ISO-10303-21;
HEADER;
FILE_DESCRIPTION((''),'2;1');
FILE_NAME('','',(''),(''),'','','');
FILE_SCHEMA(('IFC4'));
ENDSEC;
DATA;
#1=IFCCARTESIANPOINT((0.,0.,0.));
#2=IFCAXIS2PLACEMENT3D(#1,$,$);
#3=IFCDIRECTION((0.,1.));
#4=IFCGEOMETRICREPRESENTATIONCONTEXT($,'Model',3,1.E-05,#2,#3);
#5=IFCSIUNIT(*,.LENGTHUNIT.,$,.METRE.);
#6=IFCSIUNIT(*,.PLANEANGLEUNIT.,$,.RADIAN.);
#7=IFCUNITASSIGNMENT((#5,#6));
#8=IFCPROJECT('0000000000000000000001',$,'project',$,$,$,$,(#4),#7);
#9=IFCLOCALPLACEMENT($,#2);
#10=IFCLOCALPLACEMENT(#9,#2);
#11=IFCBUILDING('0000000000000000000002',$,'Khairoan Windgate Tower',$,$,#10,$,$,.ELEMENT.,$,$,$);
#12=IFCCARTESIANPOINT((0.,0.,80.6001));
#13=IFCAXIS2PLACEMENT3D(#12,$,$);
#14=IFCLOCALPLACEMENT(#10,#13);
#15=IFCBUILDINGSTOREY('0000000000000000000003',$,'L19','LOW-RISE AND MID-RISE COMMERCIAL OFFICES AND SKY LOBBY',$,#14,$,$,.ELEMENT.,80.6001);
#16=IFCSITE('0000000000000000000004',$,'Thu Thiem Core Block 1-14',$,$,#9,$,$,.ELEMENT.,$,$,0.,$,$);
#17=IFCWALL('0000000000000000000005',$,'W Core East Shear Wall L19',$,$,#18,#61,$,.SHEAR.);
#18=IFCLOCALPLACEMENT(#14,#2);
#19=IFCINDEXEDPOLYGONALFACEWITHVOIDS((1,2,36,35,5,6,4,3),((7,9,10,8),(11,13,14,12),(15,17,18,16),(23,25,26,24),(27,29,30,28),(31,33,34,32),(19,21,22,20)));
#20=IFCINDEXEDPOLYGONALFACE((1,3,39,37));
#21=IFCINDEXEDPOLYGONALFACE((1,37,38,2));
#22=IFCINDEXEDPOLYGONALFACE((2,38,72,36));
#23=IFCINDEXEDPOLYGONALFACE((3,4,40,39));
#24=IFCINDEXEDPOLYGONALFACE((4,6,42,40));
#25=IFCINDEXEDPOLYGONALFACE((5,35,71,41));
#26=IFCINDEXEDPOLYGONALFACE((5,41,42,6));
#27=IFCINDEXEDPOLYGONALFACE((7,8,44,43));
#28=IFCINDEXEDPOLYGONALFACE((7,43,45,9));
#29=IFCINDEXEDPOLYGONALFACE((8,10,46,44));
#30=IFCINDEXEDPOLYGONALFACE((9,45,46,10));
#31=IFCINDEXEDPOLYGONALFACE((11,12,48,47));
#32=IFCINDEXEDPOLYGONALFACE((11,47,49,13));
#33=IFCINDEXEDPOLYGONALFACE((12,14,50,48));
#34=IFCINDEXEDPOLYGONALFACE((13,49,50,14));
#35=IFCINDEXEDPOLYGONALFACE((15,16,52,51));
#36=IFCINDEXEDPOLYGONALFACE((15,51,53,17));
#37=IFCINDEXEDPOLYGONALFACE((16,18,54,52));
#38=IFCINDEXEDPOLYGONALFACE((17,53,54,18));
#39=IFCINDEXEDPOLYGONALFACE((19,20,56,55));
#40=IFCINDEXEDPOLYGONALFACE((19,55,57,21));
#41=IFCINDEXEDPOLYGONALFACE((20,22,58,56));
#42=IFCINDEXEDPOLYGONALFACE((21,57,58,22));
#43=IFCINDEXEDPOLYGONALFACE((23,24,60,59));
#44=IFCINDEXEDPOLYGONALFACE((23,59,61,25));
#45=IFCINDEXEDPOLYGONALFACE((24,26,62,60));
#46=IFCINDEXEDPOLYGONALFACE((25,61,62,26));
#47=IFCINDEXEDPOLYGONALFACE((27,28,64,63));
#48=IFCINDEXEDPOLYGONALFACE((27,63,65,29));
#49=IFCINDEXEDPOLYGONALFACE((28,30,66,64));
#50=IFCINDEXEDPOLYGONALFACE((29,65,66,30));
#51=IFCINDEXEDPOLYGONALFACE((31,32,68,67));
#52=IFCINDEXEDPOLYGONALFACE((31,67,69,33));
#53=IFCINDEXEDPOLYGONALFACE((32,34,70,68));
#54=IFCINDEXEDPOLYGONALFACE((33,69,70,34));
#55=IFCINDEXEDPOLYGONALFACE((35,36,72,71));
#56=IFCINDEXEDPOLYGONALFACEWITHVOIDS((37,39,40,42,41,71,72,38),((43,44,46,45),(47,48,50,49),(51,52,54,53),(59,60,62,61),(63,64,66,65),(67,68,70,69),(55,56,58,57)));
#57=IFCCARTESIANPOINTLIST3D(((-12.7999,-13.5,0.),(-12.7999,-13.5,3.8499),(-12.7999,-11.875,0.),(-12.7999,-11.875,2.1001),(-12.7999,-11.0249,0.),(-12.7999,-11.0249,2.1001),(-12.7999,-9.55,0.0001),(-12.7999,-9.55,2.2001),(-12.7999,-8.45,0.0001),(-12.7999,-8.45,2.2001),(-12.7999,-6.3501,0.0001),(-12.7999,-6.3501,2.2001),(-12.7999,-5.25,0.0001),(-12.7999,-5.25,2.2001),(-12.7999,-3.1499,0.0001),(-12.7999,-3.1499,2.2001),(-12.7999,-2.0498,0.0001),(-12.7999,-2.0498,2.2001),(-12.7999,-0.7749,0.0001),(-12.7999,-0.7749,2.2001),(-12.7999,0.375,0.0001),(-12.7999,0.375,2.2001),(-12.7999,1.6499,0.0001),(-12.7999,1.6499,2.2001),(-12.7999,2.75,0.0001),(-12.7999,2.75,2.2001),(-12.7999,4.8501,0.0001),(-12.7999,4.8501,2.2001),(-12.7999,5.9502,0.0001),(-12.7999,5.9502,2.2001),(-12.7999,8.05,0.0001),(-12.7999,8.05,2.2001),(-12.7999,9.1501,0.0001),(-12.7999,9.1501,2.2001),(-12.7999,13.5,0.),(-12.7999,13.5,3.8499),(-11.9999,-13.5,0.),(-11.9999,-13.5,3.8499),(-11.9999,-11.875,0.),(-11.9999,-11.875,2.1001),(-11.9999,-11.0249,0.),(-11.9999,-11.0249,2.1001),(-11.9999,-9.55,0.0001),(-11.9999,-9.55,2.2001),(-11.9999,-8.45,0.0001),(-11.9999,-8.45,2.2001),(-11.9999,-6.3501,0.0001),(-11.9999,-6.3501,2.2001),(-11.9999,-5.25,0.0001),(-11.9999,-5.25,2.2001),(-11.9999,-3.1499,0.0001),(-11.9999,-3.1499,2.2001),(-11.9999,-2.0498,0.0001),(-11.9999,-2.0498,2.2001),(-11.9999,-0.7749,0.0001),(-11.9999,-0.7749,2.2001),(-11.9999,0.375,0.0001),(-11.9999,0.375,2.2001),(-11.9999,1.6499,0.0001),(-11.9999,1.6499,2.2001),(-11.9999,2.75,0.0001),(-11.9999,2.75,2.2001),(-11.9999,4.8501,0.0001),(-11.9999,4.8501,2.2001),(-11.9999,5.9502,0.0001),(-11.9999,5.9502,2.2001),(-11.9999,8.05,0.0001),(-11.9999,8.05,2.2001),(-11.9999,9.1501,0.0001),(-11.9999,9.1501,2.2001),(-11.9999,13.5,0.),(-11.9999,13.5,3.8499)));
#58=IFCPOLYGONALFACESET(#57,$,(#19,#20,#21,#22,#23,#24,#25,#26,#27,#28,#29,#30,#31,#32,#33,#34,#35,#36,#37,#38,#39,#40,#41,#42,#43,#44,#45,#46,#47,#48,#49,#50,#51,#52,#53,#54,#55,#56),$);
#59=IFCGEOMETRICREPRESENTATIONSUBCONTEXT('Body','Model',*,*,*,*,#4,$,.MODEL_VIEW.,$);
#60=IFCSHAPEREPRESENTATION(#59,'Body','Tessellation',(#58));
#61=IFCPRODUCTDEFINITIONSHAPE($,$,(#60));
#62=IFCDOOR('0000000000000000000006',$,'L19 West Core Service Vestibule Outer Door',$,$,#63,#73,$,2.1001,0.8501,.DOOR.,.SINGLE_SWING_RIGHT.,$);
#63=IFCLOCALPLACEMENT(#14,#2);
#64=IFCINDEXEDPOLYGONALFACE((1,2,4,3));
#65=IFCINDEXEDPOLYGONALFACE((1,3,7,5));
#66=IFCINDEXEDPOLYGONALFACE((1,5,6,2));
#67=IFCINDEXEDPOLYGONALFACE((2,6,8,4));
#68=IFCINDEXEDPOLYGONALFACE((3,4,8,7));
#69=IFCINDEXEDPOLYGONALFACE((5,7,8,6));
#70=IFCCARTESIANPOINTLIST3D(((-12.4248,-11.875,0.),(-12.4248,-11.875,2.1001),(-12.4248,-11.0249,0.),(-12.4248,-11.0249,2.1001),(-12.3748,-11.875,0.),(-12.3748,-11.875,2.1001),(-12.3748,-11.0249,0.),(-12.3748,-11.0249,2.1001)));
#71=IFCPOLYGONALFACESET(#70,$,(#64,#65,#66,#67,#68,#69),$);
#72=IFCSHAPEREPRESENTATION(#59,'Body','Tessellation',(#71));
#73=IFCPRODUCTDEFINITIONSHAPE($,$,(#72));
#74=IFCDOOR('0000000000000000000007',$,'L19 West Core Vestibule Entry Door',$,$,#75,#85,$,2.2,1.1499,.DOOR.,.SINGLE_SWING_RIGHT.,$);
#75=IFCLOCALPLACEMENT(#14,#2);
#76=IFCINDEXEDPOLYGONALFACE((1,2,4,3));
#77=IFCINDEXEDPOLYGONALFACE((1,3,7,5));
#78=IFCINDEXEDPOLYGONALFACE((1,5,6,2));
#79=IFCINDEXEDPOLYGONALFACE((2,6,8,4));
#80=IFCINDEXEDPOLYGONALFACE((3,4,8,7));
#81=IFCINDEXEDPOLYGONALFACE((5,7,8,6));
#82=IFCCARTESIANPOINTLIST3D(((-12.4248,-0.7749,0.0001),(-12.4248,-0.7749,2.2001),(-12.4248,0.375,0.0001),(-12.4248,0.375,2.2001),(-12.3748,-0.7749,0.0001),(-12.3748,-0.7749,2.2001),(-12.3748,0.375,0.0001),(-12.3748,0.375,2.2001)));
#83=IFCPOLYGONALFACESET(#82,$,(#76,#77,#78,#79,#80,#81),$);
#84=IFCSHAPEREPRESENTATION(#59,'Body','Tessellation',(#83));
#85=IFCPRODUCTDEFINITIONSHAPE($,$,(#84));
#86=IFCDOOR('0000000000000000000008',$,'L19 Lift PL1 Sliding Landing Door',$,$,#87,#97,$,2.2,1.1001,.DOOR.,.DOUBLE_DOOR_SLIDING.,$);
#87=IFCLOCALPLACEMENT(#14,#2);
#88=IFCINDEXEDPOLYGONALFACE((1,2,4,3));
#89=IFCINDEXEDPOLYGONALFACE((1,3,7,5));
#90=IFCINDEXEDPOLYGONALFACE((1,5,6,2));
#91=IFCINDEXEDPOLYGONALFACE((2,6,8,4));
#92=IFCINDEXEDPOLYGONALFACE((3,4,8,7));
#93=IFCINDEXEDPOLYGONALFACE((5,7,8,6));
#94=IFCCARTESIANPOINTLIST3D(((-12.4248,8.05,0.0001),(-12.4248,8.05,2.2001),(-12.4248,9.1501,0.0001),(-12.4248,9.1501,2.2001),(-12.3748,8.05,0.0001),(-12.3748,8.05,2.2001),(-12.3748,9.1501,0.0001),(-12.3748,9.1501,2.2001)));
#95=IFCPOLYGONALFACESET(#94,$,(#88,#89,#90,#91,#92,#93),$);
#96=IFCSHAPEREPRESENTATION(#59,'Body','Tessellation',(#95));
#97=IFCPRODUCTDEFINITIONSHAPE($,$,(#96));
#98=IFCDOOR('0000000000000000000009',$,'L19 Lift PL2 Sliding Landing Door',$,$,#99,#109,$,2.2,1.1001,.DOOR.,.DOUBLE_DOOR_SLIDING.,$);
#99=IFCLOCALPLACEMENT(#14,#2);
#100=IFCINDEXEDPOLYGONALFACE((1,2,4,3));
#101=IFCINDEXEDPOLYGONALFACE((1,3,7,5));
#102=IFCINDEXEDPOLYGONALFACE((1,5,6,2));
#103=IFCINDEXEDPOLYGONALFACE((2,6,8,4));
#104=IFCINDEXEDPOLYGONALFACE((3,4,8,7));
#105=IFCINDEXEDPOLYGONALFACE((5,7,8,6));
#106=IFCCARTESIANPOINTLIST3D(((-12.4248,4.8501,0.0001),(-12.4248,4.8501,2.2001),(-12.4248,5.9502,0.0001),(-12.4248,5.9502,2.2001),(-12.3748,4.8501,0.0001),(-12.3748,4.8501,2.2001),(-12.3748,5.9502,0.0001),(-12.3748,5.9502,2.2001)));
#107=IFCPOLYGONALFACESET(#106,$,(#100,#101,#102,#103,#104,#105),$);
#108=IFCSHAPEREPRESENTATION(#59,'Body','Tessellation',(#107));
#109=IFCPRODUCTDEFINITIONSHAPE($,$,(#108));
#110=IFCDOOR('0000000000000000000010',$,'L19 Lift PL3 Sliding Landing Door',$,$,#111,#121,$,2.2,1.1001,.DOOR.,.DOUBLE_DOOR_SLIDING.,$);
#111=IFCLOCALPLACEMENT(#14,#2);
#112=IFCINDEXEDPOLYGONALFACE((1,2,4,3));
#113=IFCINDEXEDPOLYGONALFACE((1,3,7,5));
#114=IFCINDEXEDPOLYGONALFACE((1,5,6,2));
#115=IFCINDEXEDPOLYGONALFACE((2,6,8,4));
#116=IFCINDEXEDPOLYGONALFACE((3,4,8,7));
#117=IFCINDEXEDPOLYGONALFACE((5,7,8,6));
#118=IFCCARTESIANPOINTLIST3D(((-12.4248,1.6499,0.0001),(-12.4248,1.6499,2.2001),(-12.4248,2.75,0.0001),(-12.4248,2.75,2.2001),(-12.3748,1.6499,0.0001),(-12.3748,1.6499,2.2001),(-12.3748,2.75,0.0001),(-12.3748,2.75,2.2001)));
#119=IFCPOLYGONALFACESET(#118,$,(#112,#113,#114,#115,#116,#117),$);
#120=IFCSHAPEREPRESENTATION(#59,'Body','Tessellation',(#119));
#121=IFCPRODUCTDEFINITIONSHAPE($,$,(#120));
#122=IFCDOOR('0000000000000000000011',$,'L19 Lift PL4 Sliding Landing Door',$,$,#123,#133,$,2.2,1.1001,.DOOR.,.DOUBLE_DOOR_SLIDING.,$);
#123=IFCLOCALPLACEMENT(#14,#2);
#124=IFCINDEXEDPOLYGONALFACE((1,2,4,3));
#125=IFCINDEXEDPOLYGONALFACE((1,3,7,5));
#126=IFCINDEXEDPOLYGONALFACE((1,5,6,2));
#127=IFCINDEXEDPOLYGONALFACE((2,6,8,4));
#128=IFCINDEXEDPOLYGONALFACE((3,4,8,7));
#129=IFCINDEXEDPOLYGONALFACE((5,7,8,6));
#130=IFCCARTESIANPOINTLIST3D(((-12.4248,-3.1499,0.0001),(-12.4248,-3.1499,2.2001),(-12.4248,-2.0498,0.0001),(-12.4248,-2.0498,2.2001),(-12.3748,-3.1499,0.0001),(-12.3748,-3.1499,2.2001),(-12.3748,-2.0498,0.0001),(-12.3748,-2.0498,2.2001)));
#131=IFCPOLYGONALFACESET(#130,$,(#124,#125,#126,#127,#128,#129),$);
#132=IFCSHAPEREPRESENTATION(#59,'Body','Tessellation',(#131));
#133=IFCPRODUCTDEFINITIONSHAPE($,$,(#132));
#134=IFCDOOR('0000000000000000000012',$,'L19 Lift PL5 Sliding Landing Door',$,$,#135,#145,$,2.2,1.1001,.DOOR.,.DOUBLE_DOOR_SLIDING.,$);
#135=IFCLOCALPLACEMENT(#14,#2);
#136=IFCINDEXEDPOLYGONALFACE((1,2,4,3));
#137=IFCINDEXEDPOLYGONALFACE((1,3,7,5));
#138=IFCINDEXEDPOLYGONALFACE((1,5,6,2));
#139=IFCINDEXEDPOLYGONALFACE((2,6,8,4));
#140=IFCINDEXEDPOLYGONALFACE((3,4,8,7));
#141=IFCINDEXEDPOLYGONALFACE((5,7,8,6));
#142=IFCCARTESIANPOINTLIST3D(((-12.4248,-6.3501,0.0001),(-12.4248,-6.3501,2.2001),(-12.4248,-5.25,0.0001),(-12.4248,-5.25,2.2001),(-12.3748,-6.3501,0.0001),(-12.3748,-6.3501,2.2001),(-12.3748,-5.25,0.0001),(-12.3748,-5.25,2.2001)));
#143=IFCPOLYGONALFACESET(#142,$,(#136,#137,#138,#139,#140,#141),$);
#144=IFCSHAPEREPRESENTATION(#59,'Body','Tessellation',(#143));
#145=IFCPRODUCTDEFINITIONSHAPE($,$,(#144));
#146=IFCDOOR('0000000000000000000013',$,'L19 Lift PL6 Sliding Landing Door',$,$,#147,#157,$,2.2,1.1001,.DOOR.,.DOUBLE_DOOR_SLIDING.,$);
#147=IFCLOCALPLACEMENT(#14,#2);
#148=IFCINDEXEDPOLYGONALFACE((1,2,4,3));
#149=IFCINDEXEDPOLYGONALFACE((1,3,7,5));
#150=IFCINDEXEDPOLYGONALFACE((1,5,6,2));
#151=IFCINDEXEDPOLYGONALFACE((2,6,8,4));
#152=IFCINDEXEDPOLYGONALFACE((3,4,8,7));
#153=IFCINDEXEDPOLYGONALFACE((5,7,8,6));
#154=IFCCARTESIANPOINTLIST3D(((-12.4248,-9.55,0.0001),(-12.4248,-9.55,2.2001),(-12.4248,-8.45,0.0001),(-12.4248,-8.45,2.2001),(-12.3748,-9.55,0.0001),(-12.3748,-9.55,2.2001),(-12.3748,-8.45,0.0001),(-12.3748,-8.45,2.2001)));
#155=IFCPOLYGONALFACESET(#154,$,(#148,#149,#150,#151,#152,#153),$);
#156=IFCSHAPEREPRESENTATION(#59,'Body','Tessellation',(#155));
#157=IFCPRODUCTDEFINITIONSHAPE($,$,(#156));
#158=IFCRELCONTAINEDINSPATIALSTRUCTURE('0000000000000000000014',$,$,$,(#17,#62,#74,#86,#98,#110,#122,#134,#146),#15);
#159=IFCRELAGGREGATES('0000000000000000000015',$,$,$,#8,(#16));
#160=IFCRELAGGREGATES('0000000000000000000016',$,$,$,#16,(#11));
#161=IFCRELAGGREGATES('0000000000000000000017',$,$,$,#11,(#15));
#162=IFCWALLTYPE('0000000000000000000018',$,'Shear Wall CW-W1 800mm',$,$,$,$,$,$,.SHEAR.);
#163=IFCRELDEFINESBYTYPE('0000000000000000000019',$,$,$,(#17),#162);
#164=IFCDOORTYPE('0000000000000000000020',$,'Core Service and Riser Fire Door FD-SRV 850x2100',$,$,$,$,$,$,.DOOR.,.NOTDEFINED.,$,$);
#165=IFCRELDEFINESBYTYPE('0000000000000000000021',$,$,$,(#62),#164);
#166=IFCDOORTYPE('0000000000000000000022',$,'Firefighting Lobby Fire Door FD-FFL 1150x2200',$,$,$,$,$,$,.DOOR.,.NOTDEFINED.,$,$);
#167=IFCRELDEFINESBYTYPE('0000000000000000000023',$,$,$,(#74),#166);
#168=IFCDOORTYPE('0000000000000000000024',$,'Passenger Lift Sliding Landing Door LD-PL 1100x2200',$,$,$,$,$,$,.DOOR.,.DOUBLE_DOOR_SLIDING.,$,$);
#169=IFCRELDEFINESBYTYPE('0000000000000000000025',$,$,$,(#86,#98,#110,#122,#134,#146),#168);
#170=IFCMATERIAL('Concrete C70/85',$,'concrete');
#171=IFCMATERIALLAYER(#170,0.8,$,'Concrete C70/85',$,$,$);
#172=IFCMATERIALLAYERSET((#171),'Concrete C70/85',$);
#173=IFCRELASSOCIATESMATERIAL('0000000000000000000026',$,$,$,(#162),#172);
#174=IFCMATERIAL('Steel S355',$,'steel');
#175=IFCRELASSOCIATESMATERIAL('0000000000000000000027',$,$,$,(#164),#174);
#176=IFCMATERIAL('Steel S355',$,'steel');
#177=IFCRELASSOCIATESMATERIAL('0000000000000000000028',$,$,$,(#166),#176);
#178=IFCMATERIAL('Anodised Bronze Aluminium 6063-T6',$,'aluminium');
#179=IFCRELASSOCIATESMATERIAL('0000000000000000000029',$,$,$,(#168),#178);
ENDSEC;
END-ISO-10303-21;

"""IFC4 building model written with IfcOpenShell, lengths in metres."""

from ifc_helpers import new_model, si_unit, direction, frame, frame_2d, origin, place, context, subcontext, project, spatial, rectangle, extrude, material, layer, layer_set, type_object, element, fill, save


model = new_model("IFC4")

# Units and contexts
model_context = context("Model", 3, precision=1e-05, world=origin(), true_north=direction((0.0, 1.0)))
body_context = subcontext(model_context, "Body", "Model", "MODEL_VIEW")
ifc_project = project(units=[si_unit("LENGTHUNIT", "METRE"), si_unit("PLANEANGLEUNIT", "RADIAN")], contexts=[model_context])

# Site, building, storey
site_placement = place(None, origin())
site = spatial("IfcSite", under=ifc_project, at=site_placement, Name="Thu Thiem Core Block 1-14", CompositionType="ELEMENT", RefElevation=0.0)
building_placement = place(site_placement, origin())
building = spatial("IfcBuilding", under=site, at=building_placement, Name="Khairoan Windgate Tower", CompositionType="ELEMENT")
storey_placement = place(building_placement, frame((0.0, 0.0, 80.6001)))
storey = spatial("IfcBuildingStorey", under=building, at=storey_placement, Name="L19", Description="LOW-RISE AND MID-RISE COMMERCIAL OFFICES AND SKY LOBBY", CompositionType="ELEMENT", Elevation=80.6001)

# Wall, openings, doors
ifc_material_1 = material(Name="Concrete C70/85", Category="concrete")
ifc_layer_1 = layer(ifc_material_1, 0.8, Name="Concrete C70/85")
ifc_layer_set_1 = layer_set([ifc_layer_1], Name="Concrete C70/85")
wall_type_1 = type_object("IfcWallType", Name="Shear Wall CW-W1 800mm", PredefinedType="SHEAR", material=ifc_layer_set_1)
wall_1_placement = place(storey_placement, frame((-12.3999, -13.5, 0.0), z_axis=(0.0, 0.0, 1.0), x_axis=(0.0, 1.0, 0.0)))
wall_1 = element("IfcWall", 1, at=wall_1_placement, inside=storey, type_object=wall_type_1, Name="W Core East Shear Wall L19", PredefinedType="SHEAR", context=body_context, shape_type="SweptSolid", body=[
    extrude(rectangle(XDim=27.0, YDim=0.8, at=frame_2d((13.5, 0.0))), origin(), (0.0, 0.0, 1.0), 3.8499),
])
opening_1_placement = place(wall_1_placement, frame((21.55, 0.0, 0.0)))
opening_1 = element("IfcOpeningElement", 2, at=opening_1_placement, cuts=wall_1, PredefinedType="OPENING", context=body_context, shape_type="SweptSolid", body=[
    extrude(rectangle(XDim=1.1001, YDim=2.2, at=frame_2d((0.55, 1.1001))), frame((0.0, 0.4099, 0.0), z_axis=(0.0, -1.0, 0.0), x_axis=(1.0, 0.0, 0.0)), (0.0, 0.0, 1.0), 0.8201),
])
opening_2_placement = place(wall_1_placement, frame((18.3501, 0.0, 0.0)))
opening_2 = element("IfcOpeningElement", 3, at=opening_2_placement, cuts=wall_1, PredefinedType="OPENING", context=body_context, shape_type="SweptSolid", body=[
    extrude(rectangle(XDim=1.1001, YDim=2.2, at=frame_2d((0.55, 1.1001))), frame((0.0, 0.4099, 0.0), z_axis=(0.0, -1.0, 0.0), x_axis=(1.0, 0.0, 0.0)), (0.0, 0.0, 1.0), 0.8201),
])
opening_3_placement = place(wall_1_placement, frame((15.1499, 0.0, 0.0)))
opening_3 = element("IfcOpeningElement", 4, at=opening_3_placement, cuts=wall_1, PredefinedType="OPENING", context=body_context, shape_type="SweptSolid", body=[
    extrude(rectangle(XDim=1.1001, YDim=2.2, at=frame_2d((0.55, 1.1001))), frame((0.0, 0.4099, 0.0), z_axis=(0.0, -1.0, 0.0), x_axis=(1.0, 0.0, 0.0)), (0.0, 0.0, 1.0), 0.8201),
])
opening_4_placement = place(wall_1_placement, frame((10.3501, 0.0, 0.0)))
opening_4 = element("IfcOpeningElement", 5, at=opening_4_placement, cuts=wall_1, PredefinedType="OPENING", context=body_context, shape_type="SweptSolid", body=[
    extrude(rectangle(XDim=1.1001, YDim=2.2, at=frame_2d((0.55, 1.1001))), frame((0.0, 0.4099, 0.0), z_axis=(0.0, -1.0, 0.0), x_axis=(1.0, 0.0, 0.0)), (0.0, 0.0, 1.0), 0.8201),
])
opening_5_placement = place(wall_1_placement, frame((7.1499, 0.0, 0.0)))
opening_5 = element("IfcOpeningElement", 6, at=opening_5_placement, cuts=wall_1, PredefinedType="OPENING", context=body_context, shape_type="SweptSolid", body=[
    extrude(rectangle(XDim=1.1001, YDim=2.2, at=frame_2d((0.55, 1.1001))), frame((0.0, 0.4099, 0.0), z_axis=(0.0, -1.0, 0.0), x_axis=(1.0, 0.0, 0.0)), (0.0, 0.0, 1.0), 0.8201),
])
opening_6_placement = place(wall_1_placement, frame((3.95, 0.0, 0.0)))
opening_6 = element("IfcOpeningElement", 7, at=opening_6_placement, cuts=wall_1, PredefinedType="OPENING", context=body_context, shape_type="SweptSolid", body=[
    extrude(rectangle(XDim=1.1001, YDim=2.2, at=frame_2d((0.55, 1.1001))), frame((0.0, 0.4099, 0.0), z_axis=(0.0, -1.0, 0.0), x_axis=(1.0, 0.0, 0.0)), (0.0, 0.0, 1.0), 0.8201),
])
opening_7_placement = place(wall_1_placement, frame((12.7251, 0.0, 0.0)))
opening_7 = element("IfcOpeningElement", 8, at=opening_7_placement, cuts=wall_1, PredefinedType="OPENING", context=body_context, shape_type="SweptSolid", body=[
    extrude(rectangle(XDim=1.1499, YDim=2.2, at=frame_2d((0.575, 1.1001))), frame((0.0, 0.4099, 0.0), z_axis=(0.0, -1.0, 0.0), x_axis=(1.0, 0.0, 0.0)), (0.0, 0.0, 1.0), 0.8201),
])
opening_8_placement = place(wall_1_placement, frame((1.625, 0.0, 0.0)))
opening_8 = element("IfcOpeningElement", 9, at=opening_8_placement, cuts=wall_1, PredefinedType="OPENING", context=body_context, shape_type="SweptSolid", body=[
    extrude(rectangle(XDim=0.8501, YDim=2.1001, at=frame_2d((0.425, 1.05))), frame((0.0, 0.4099, 0.0), z_axis=(0.0, -1.0, 0.0), x_axis=(1.0, 0.0, 0.0)), (0.0, 0.0, 1.0), 0.8201),
])
ifc_material_2 = material(Name="Steel S355", Category="steel")
door_type_1 = type_object("IfcDoorType", Name="Core Service and Riser Fire Door FD-SRV 850x2100", OperationType="NOTDEFINED", PredefinedType="DOOR", material=ifc_material_2)
door_1_placement = place(opening_8_placement, origin())
door_1 = element("IfcDoor", 10, at=door_1_placement, inside=storey, type_object=door_type_1, Name="L19 West Core Service Vestibule Outer Door", OperationType="SINGLE_SWING_RIGHT", OverallHeight=2.1001, OverallWidth=0.8501, PredefinedType="DOOR", context=body_context, shape_type="SweptSolid", body=[
    extrude(rectangle(XDim=0.8501, YDim=2.1001, at=frame_2d((0.425, 1.05))), frame((0.0, 0.0249, 0.0), z_axis=(0.0, -1.0, 0.0), x_axis=(1.0, 0.0, 0.0)), (0.0, 0.0, 1.0), 0.05),
])
fill(opening_8, door_1)
ifc_material_3 = material(Name="Steel S355", Category="steel")
door_type_2 = type_object("IfcDoorType", Name="Firefighting Lobby Fire Door FD-FFL 1150x2200", OperationType="NOTDEFINED", PredefinedType="DOOR", material=ifc_material_3)
door_2_placement = place(opening_7_placement, origin())
door_2 = element("IfcDoor", 11, at=door_2_placement, inside=storey, type_object=door_type_2, Name="L19 West Core Vestibule Entry Door", OperationType="SINGLE_SWING_RIGHT", OverallHeight=2.2, OverallWidth=1.1499, PredefinedType="DOOR", context=body_context, shape_type="SweptSolid", body=[
    extrude(rectangle(XDim=1.1499, YDim=2.2, at=frame_2d((0.575, 1.1001))), frame((0.0, 0.0249, 0.0), z_axis=(0.0, -1.0, 0.0), x_axis=(1.0, 0.0, 0.0)), (0.0, 0.0, 1.0), 0.05),
])
fill(opening_7, door_2)
ifc_material_4 = material(Name="Anodised Bronze Aluminium 6063-T6", Category="aluminium")
door_type_3 = type_object("IfcDoorType", Name="Passenger Lift Sliding Landing Door LD-PL 1100x2200", OperationType="DOUBLE_DOOR_SLIDING", PredefinedType="DOOR", material=ifc_material_4)
door_3_placement = place(opening_1_placement, origin())
door_3 = element("IfcDoor", 12, at=door_3_placement, inside=storey, type_object=door_type_3, Name="L19 Lift PL1 Sliding Landing Door", OperationType="DOUBLE_DOOR_SLIDING", OverallHeight=2.2, OverallWidth=1.1001, PredefinedType="DOOR", context=body_context, shape_type="SweptSolid", body=[
    extrude(rectangle(XDim=1.1001, YDim=2.2, at=frame_2d((0.55, 1.1001))), frame((0.0, 0.0249, 0.0), z_axis=(0.0, -1.0, 0.0), x_axis=(1.0, 0.0, 0.0)), (0.0, 0.0, 1.0), 0.05),
])
fill(opening_1, door_3)
door_4_placement = place(opening_2_placement, origin())
door_4 = element("IfcDoor", 13, at=door_4_placement, inside=storey, type_object=door_type_3, Name="L19 Lift PL2 Sliding Landing Door", OperationType="DOUBLE_DOOR_SLIDING", OverallHeight=2.2, OverallWidth=1.1001, PredefinedType="DOOR", context=body_context, shape_type="SweptSolid", body=[
    extrude(rectangle(XDim=1.1001, YDim=2.2, at=frame_2d((0.55, 1.1001))), frame((0.0, 0.0249, 0.0), z_axis=(0.0, -1.0, 0.0), x_axis=(1.0, 0.0, 0.0)), (0.0, 0.0, 1.0), 0.05),
])
fill(opening_2, door_4)
door_5_placement = place(opening_3_placement, origin())
door_5 = element("IfcDoor", 14, at=door_5_placement, inside=storey, type_object=door_type_3, Name="L19 Lift PL3 Sliding Landing Door", OperationType="DOUBLE_DOOR_SLIDING", OverallHeight=2.2, OverallWidth=1.1001, PredefinedType="DOOR", context=body_context, shape_type="SweptSolid", body=[
    extrude(rectangle(XDim=1.1001, YDim=2.2, at=frame_2d((0.55, 1.1001))), frame((0.0, 0.0249, 0.0), z_axis=(0.0, -1.0, 0.0), x_axis=(1.0, 0.0, 0.0)), (0.0, 0.0, 1.0), 0.05),
])
fill(opening_3, door_5)
door_6_placement = place(opening_4_placement, origin())
door_6 = element("IfcDoor", 15, at=door_6_placement, inside=storey, type_object=door_type_3, Name="L19 Lift PL4 Sliding Landing Door", OperationType="DOUBLE_DOOR_SLIDING", OverallHeight=2.2, OverallWidth=1.1001, PredefinedType="DOOR", context=body_context, shape_type="SweptSolid", body=[
    extrude(rectangle(XDim=1.1001, YDim=2.2, at=frame_2d((0.55, 1.1001))), frame((0.0, 0.0249, 0.0), z_axis=(0.0, -1.0, 0.0), x_axis=(1.0, 0.0, 0.0)), (0.0, 0.0, 1.0), 0.05),
])
fill(opening_4, door_6)
door_7_placement = place(opening_5_placement, origin())
door_7 = element("IfcDoor", 16, at=door_7_placement, inside=storey, type_object=door_type_3, Name="L19 Lift PL5 Sliding Landing Door", OperationType="DOUBLE_DOOR_SLIDING", OverallHeight=2.2, OverallWidth=1.1001, PredefinedType="DOOR", context=body_context, shape_type="SweptSolid", body=[
    extrude(rectangle(XDim=1.1001, YDim=2.2, at=frame_2d((0.55, 1.1001))), frame((0.0, 0.0249, 0.0), z_axis=(0.0, -1.0, 0.0), x_axis=(1.0, 0.0, 0.0)), (0.0, 0.0, 1.0), 0.05),
])
fill(opening_5, door_7)
door_8_placement = place(opening_6_placement, origin())
door_8 = element("IfcDoor", 17, at=door_8_placement, inside=storey, type_object=door_type_3, Name="L19 Lift PL6 Sliding Landing Door", OperationType="DOUBLE_DOOR_SLIDING", OverallHeight=2.2, OverallWidth=1.1001, PredefinedType="DOOR", context=body_context, shape_type="SweptSolid", body=[
    extrude(rectangle(XDim=1.1001, YDim=2.2, at=frame_2d((0.55, 1.1001))), frame((0.0, 0.0249, 0.0), z_axis=(0.0, -1.0, 0.0), x_axis=(1.0, 0.0, 0.0)), (0.0, 0.0, 1.0), 0.05),
])
fill(opening_6, door_8)

save(model, "model.ifc")
